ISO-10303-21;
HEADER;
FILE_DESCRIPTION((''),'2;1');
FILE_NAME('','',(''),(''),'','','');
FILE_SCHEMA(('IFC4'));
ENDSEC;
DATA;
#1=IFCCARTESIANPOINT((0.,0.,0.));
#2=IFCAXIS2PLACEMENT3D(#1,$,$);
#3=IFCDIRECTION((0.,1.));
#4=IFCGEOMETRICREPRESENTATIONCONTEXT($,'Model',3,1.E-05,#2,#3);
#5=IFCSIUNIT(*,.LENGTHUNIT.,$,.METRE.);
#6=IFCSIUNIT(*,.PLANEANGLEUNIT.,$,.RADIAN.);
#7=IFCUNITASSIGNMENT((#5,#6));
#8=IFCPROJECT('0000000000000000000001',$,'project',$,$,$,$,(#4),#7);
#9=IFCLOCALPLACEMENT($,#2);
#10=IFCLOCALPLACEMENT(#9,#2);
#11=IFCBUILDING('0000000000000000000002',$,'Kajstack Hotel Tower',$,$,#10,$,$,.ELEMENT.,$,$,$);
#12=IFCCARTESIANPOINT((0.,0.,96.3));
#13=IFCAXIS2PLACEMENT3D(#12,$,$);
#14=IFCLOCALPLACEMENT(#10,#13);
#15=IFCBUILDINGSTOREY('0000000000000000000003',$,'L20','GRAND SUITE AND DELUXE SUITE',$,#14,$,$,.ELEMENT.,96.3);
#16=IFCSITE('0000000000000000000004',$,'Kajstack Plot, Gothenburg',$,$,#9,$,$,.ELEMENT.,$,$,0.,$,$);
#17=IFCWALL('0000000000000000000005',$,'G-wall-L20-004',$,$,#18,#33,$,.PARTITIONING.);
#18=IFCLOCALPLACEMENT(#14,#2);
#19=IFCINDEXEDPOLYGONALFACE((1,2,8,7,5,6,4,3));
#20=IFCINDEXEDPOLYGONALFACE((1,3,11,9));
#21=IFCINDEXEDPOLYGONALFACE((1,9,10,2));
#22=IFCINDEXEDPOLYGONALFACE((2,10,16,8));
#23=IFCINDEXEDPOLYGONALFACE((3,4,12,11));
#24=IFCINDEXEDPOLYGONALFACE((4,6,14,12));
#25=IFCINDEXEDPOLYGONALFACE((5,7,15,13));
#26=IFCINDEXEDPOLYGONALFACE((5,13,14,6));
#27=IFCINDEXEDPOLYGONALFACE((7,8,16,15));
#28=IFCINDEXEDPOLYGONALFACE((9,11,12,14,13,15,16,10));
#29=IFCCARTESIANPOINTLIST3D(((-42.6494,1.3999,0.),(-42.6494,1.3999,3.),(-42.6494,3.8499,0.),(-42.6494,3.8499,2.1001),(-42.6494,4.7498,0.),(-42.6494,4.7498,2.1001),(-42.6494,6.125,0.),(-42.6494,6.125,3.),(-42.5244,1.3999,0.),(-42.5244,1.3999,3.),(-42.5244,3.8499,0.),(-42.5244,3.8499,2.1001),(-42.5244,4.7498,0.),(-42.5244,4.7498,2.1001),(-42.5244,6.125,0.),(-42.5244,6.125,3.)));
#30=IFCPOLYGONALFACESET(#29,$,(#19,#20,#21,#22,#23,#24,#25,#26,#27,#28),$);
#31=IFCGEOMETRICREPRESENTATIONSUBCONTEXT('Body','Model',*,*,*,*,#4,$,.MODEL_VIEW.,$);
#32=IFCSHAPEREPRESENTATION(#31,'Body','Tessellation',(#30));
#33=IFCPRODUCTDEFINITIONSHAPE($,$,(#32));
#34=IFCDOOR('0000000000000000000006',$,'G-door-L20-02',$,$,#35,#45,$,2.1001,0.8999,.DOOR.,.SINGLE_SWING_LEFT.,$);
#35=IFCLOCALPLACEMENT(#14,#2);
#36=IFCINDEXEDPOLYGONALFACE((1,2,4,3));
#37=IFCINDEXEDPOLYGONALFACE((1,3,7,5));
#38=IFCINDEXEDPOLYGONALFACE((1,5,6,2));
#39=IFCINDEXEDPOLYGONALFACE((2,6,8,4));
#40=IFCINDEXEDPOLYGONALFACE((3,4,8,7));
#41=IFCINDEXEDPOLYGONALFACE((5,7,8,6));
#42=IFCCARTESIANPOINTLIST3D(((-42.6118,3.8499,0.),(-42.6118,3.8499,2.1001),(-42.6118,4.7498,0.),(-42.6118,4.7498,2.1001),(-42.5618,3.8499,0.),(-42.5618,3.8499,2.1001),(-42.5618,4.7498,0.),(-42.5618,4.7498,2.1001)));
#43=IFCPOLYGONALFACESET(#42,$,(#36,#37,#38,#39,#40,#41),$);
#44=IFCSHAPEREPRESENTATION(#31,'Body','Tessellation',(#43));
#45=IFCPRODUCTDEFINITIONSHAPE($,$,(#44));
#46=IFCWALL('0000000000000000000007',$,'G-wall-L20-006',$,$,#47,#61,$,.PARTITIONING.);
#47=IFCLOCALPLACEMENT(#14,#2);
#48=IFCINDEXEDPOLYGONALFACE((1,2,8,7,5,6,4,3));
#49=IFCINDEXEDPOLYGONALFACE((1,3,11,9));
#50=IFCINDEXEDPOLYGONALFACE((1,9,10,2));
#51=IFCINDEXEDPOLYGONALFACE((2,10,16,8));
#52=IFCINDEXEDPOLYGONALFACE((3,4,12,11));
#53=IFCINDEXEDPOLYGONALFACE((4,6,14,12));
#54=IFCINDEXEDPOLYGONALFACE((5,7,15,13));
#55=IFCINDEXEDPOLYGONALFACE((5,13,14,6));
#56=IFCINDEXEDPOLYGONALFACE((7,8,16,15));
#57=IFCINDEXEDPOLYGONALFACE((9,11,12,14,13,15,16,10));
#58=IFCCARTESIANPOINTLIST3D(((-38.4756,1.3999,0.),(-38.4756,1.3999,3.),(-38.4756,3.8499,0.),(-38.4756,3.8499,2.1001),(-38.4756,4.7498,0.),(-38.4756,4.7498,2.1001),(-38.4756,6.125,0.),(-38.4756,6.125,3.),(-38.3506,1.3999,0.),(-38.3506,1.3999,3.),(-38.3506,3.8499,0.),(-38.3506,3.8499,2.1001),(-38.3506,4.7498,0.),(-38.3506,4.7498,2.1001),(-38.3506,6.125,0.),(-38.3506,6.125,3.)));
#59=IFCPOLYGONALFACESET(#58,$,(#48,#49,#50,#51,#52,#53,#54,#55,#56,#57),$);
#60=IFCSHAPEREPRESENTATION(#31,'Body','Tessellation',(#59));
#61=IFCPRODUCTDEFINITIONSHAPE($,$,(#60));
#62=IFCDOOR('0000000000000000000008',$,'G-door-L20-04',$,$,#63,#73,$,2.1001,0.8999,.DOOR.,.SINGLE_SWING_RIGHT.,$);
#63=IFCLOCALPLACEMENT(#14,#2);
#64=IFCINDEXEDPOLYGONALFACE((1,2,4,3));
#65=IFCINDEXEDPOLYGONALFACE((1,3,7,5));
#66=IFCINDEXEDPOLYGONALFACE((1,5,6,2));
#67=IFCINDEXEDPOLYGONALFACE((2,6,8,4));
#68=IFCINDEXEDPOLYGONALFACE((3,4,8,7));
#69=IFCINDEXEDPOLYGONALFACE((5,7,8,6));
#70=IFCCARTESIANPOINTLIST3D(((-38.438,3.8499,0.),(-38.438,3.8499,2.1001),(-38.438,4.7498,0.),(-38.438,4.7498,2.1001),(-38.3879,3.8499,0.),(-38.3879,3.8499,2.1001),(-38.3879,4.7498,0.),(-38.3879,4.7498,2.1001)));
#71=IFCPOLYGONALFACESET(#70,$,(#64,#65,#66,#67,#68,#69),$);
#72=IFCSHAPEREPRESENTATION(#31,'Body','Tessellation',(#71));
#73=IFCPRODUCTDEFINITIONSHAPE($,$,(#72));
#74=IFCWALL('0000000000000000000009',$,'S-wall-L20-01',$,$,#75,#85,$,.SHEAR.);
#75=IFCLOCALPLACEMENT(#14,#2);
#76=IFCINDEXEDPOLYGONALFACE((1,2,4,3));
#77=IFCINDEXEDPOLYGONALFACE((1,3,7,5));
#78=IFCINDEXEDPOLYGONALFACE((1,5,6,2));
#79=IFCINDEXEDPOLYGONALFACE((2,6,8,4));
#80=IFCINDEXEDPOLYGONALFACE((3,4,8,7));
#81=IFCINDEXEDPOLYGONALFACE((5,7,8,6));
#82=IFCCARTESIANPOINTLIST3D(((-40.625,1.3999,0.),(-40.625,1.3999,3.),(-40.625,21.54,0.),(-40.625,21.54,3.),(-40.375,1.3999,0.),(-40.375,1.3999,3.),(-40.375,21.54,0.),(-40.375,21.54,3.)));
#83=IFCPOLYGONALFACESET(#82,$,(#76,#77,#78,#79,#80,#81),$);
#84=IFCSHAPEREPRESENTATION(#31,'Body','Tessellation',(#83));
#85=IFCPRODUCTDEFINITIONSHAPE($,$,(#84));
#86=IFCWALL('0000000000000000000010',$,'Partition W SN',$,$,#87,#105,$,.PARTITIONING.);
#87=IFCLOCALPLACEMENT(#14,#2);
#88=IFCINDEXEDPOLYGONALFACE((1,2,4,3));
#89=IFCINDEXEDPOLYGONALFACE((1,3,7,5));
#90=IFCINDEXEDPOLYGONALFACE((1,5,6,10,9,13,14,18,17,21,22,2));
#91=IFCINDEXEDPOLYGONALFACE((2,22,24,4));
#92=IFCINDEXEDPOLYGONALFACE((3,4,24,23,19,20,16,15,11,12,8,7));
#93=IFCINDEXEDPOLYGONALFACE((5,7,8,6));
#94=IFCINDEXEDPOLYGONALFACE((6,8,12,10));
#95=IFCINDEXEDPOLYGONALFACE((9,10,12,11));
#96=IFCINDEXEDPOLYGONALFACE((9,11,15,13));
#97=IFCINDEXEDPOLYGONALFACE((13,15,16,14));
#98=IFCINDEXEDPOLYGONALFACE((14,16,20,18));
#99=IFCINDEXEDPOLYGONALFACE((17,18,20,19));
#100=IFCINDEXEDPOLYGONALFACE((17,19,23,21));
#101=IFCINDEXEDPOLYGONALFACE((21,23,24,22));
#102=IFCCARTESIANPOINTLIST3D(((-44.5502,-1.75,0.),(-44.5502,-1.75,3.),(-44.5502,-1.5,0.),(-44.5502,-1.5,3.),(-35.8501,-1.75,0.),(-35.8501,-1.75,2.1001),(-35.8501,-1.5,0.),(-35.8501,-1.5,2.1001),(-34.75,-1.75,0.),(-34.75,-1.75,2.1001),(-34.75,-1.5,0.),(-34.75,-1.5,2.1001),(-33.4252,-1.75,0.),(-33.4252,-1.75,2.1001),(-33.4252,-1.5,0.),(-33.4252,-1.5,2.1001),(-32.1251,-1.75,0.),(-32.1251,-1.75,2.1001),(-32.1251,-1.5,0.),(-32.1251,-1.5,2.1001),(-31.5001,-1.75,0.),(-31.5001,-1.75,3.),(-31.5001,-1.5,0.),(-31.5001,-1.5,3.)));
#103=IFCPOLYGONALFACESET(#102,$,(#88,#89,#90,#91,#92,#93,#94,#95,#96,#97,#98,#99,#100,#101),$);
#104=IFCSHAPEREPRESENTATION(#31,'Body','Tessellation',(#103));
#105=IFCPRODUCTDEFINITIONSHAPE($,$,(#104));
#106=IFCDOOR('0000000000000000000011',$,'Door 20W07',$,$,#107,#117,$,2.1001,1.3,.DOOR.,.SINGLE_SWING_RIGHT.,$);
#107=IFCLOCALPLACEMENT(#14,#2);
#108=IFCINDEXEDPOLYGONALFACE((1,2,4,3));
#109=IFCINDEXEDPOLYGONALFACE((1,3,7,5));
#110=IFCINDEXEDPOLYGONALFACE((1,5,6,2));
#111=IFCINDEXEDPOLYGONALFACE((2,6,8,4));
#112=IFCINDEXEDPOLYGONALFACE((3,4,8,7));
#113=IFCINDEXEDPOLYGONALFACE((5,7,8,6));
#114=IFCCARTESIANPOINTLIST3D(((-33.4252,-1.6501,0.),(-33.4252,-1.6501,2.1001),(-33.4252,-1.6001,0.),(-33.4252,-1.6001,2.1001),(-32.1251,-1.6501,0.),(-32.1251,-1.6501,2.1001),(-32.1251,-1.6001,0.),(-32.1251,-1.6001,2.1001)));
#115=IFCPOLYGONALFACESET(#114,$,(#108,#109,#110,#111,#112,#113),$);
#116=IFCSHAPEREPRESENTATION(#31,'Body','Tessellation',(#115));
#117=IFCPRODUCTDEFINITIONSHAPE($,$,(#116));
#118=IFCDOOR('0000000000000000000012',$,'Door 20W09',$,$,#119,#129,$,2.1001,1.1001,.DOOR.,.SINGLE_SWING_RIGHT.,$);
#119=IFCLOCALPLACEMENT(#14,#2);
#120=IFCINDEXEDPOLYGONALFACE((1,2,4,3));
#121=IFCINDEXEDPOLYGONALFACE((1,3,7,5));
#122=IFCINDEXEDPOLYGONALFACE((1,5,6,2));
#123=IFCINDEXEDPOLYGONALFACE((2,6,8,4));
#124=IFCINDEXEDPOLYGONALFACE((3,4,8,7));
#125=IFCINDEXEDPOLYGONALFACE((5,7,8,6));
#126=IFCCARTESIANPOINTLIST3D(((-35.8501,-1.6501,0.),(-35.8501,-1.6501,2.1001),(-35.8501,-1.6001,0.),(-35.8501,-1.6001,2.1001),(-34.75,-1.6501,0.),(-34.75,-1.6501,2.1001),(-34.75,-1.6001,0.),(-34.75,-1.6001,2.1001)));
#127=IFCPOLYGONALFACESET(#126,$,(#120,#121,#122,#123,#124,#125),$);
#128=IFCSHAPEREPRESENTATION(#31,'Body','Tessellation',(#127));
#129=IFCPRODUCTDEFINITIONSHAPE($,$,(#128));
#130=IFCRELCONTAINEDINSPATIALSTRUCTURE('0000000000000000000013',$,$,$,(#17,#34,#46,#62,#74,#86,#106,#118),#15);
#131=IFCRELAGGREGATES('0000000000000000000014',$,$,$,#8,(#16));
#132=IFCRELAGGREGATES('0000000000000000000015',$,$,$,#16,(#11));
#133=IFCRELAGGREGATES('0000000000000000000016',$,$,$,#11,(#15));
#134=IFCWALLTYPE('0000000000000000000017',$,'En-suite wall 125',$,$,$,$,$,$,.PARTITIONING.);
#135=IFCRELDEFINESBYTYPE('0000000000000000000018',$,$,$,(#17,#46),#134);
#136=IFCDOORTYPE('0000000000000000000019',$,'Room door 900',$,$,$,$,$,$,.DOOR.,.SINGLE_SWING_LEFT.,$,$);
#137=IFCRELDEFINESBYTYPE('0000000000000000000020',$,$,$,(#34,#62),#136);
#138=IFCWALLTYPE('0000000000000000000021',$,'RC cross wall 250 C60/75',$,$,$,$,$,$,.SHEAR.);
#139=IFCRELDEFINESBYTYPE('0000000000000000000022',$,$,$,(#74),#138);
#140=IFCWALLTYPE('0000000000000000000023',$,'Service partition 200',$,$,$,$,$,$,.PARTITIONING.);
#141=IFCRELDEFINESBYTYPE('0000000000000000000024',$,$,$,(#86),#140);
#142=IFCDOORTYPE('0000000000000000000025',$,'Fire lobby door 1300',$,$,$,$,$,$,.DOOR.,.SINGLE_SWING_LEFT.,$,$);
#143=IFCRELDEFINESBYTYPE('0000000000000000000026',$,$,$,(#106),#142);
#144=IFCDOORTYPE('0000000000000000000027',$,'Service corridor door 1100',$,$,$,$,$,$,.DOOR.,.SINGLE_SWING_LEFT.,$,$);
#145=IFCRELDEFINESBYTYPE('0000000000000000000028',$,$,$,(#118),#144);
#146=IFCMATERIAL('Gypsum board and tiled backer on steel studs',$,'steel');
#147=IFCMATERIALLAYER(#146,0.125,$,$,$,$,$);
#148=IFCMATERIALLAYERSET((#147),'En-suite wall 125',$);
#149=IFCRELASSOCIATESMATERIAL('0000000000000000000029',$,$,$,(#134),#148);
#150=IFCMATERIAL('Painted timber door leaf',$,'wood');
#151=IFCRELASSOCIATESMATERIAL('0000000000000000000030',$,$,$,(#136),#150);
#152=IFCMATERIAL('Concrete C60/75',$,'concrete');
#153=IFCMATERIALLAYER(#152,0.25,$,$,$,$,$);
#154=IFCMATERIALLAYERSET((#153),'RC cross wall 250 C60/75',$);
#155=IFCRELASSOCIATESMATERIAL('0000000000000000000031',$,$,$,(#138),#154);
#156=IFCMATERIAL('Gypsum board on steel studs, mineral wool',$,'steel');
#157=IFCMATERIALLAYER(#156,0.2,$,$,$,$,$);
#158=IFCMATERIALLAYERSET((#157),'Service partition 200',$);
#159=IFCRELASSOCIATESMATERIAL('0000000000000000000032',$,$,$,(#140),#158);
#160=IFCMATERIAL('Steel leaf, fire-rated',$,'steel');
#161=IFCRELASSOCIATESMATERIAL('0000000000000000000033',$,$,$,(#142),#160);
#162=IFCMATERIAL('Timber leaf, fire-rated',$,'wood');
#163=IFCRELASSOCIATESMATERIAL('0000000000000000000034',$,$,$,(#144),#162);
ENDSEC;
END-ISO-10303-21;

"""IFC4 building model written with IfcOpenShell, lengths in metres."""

from ifc_helpers import new_model, si_unit, direction, frame, frame_2d, origin, place, context, subcontext, project, spatial, rectangle, extrude, material, layer, layer_set, type_object, element, fill, save


model = new_model("IFC4")

# Units and contexts
model_context = context("Model", 3, precision=1e-05, world=origin(), true_north=direction((0.0, 1.0)))
body_context = subcontext(model_context, "Body", "Model", "MODEL_VIEW")
ifc_project = project(units=[si_unit("LENGTHUNIT", "METRE"), si_unit("PLANEANGLEUNIT", "RADIAN")], contexts=[model_context])

# Site, building, storey
site_placement = place(None, origin())
site = spatial("IfcSite", under=ifc_project, at=site_placement, Name="Kajstack Plot, Gothenburg", CompositionType="ELEMENT", RefElevation=0.0)
building_placement = place(site_placement, origin())
building = spatial("IfcBuilding", under=site, at=building_placement, Name="Kajstack Hotel Tower", CompositionType="ELEMENT")
storey_placement = place(building_placement, frame((0.0, 0.0, 96.3)))
storey = spatial("IfcBuildingStorey", under=building, at=storey_placement, Name="L20", Description="GRAND SUITE AND DELUXE SUITE", CompositionType="ELEMENT", Elevation=96.3)

# Shared definitions
ifc_material_1 = material(Name="Gypsum board on steel studs, mineral wool", Category="steel")

# Walls, openings, doors
ifc_material_2 = material(Name="Gypsum board and tiled backer on steel studs", Category="steel")
ifc_layer_1 = layer(ifc_material_2, 0.125)
ifc_layer_set_1 = layer_set([ifc_layer_1], Name="En-suite wall 125")
wall_type_1 = type_object("IfcWallType", Name="En-suite wall 125", PredefinedType="PARTITIONING", material=ifc_layer_set_1)
wall_1_placement = place(storey_placement, frame((-42.5869, 1.3999, 0.0), z_axis=(0.0, 0.0, 1.0), x_axis=(0.0, 1.0, 0.0)))
wall_1 = element("IfcWall", 1, at=wall_1_placement, inside=storey, type_object=wall_type_1, Name="G-wall-L20-004", PredefinedType="PARTITIONING", context=body_context, shape_type="SweptSolid", body=[
    extrude(rectangle(XDim=4.7251, YDim=0.125, at=frame_2d((2.3625, 0.0))), origin(), (0.0, 0.0, 1.0), 3.0),
])
opening_1_placement = place(wall_1_placement, frame((2.45, 0.0, 0.0)))
opening_1 = element("IfcOpeningElement", 2, at=opening_1_placement, cuts=wall_1, PredefinedType="OPENING", context=body_context, shape_type="SweptSolid", body=[
    extrude(rectangle(XDim=0.8999, YDim=2.1001, at=frame_2d((0.45, 1.05))), frame((0.0, 0.0725, 0.0), z_axis=(0.0, -1.0, 0.0), x_axis=(1.0, 0.0, 0.0)), (0.0, 0.0, 1.0), 0.145),
])
ifc_material_3 = material(Name="Painted timber door leaf", Category="wood")
door_type_1 = type_object("IfcDoorType", Name="Room door 900", OperationType="SINGLE_SWING_LEFT", PredefinedType="DOOR", material=ifc_material_3)
door_1_placement = place(opening_1_placement, origin())
door_1 = element("IfcDoor", 3, at=door_1_placement, inside=storey, type_object=door_type_1, Name="G-door-L20-02", OperationType="SINGLE_SWING_LEFT", OverallHeight=2.1001, OverallWidth=0.8999, PredefinedType="DOOR", context=body_context, shape_type="SweptSolid", body=[
    extrude(rectangle(XDim=0.8999, YDim=2.1001, at=frame_2d((0.45, 1.05))), frame((0.0, 0.0249, 0.0), z_axis=(0.0, -1.0, 0.0), x_axis=(1.0, 0.0, 0.0)), (0.0, 0.0, 1.0), 0.05),
])
fill(opening_1, door_1)
wall_2_placement = place(storey_placement, frame((-38.4131, 1.3999, 0.0), z_axis=(0.0, 0.0, 1.0), x_axis=(0.0, 1.0, 0.0)))
wall_2 = element("IfcWall", 4, at=wall_2_placement, inside=storey, type_object=wall_type_1, Name="G-wall-L20-006", PredefinedType="PARTITIONING", context=body_context, shape_type="SweptSolid", body=[
    extrude(rectangle(XDim=4.7251, YDim=0.125, at=frame_2d((2.3625, 0.0))), origin(), (0.0, 0.0, 1.0), 3.0),
])
opening_2_placement = place(wall_2_placement, frame((2.45, 0.0, 0.0)))
opening_2 = element("IfcOpeningElement", 5, at=opening_2_placement, cuts=wall_2, PredefinedType="OPENING", context=body_context, shape_type="SweptSolid", body=[
    extrude(rectangle(XDim=0.8999, YDim=2.1001, at=frame_2d((0.45, 1.05))), frame((0.0, 0.0725, 0.0), z_axis=(0.0, -1.0, 0.0), x_axis=(1.0, 0.0, 0.0)), (0.0, 0.0, 1.0), 0.145),
])
door_2_placement = place(opening_2_placement, origin())
door_2 = element("IfcDoor", 6, at=door_2_placement, inside=storey, type_object=door_type_1, Name="G-door-L20-04", OperationType="SINGLE_SWING_RIGHT", OverallHeight=2.1001, OverallWidth=0.8999, PredefinedType="DOOR", context=body_context, shape_type="SweptSolid", body=[
    extrude(rectangle(XDim=0.8999, YDim=2.1001, at=frame_2d((0.45, 1.05))), frame((0.0, 0.0249, 0.0), z_axis=(0.0, -1.0, 0.0), x_axis=(1.0, 0.0, 0.0)), (0.0, 0.0, 1.0), 0.05),
])
fill(opening_2, door_2)

# Wall
ifc_material_4 = material(Name="Concrete C60/75", Category="concrete")
ifc_layer_2 = layer(ifc_material_4, 0.25)
ifc_layer_set_2 = layer_set([ifc_layer_2], Name="RC cross wall 250 C60/75")
wall_type_2 = type_object("IfcWallType", Name="RC cross wall 250 C60/75", PredefinedType="SHEAR", material=ifc_layer_set_2)
wall_3_placement = place(storey_placement, frame((-40.5, 1.3999, 0.0), z_axis=(0.0, 0.0, 1.0), x_axis=(0.0, 1.0, 0.0)))
element("IfcWall", 7, at=wall_3_placement, inside=storey, type_object=wall_type_2, Name="S-wall-L20-01", PredefinedType="SHEAR", context=body_context, shape_type="SweptSolid", body=[
    extrude(rectangle(XDim=20.1401, YDim=0.25, at=frame_2d((10.0701, 0.0))), origin(), (0.0, 0.0, 1.0), 3.0),
])

# Wall, openings, doors
ifc_layer_3 = layer(ifc_material_1, 0.2)
ifc_layer_set_3 = layer_set([ifc_layer_3], Name="Service partition 200")
wall_type_3 = type_object("IfcWallType", Name="Service partition 200", PredefinedType="PARTITIONING", material=ifc_layer_set_3)
wall_4_placement = place(storey_placement, frame((-44.55, -1.625, 0.0), z_axis=(0.0, 0.0, 1.0), x_axis=(1.0, 0.0, 0.0)))
wall_4 = element("IfcWall", 8, at=wall_4_placement, inside=storey, type_object=wall_type_3, Name="Partition W SN", PredefinedType="PARTITIONING", context=body_context, shape_type="SweptSolid", body=[
    extrude(rectangle(XDim=13.05, YDim=0.25, at=frame_2d((6.5249, 0.0))), origin(), (0.0, 0.0, 1.0), 3.0),
])
opening_3_placement = place(wall_4_placement, frame((11.125, 0.0, 0.0)))
opening_3 = element("IfcOpeningElement", 9, at=opening_3_placement, cuts=wall_4, PredefinedType="OPENING", context=body_context, shape_type="SweptSolid", body=[
    extrude(rectangle(XDim=1.3, YDim=2.1001, at=frame_2d((0.6499, 1.05))), frame((0.0, 0.135, 0.0), z_axis=(0.0, -1.0, 0.0), x_axis=(1.0, 0.0, 0.0)), (0.0, 0.0, 1.0), 0.27),
])
opening_4_placement = place(wall_4_placement, frame((8.7, 0.0, 0.0)))
opening_4 = element("IfcOpeningElement", 10, at=opening_4_placement, cuts=wall_4, PredefinedType="OPENING", context=body_context, shape_type="SweptSolid", body=[
    extrude(rectangle(XDim=1.1001, YDim=2.1001, at=frame_2d((0.55, 1.05))), frame((0.0, 0.135, 0.0), z_axis=(0.0, -1.0, 0.0), x_axis=(1.0, 0.0, 0.0)), (0.0, 0.0, 1.0), 0.27),
])
ifc_material_5 = material(Name="Steel leaf, fire-rated", Category="steel")
door_type_2 = type_object("IfcDoorType", Name="Fire lobby door 1300", OperationType="SINGLE_SWING_LEFT", PredefinedType="DOOR", material=ifc_material_5)
door_3_placement = place(opening_3_placement, origin())
door_3 = element("IfcDoor", 11, at=door_3_placement, inside=storey, type_object=door_type_2, Name="Door 20W07", OperationType="SINGLE_SWING_RIGHT", OverallHeight=2.1001, OverallWidth=1.3, PredefinedType="DOOR", context=body_context, shape_type="SweptSolid", body=[
    extrude(rectangle(XDim=1.3, YDim=2.1001, at=frame_2d((0.6499, 1.05))), frame((0.0, 0.0249, 0.0), z_axis=(0.0, -1.0, 0.0), x_axis=(1.0, 0.0, 0.0)), (0.0, 0.0, 1.0), 0.05),
])
fill(opening_3, door_3)
ifc_material_6 = material(Name="Timber leaf, fire-rated", Category="wood")
door_type_3 = type_object("IfcDoorType", Name="Service corridor door 1100", OperationType="SINGLE_SWING_LEFT", PredefinedType="DOOR", material=ifc_material_6)
door_4_placement = place(opening_4_placement, origin())
door_4 = element("IfcDoor", 12, at=door_4_placement, inside=storey, type_object=door_type_3, Name="Door 20W09", OperationType="SINGLE_SWING_RIGHT", OverallHeight=2.1001, OverallWidth=1.1001, PredefinedType="DOOR", context=body_context, shape_type="SweptSolid", body=[
    extrude(rectangle(XDim=1.1001, YDim=2.1001, at=frame_2d((0.55, 1.05))), frame((0.0, 0.0249, 0.0), z_axis=(0.0, -1.0, 0.0), x_axis=(1.0, 0.0, 0.0)), (0.0, 0.0, 1.0), 0.05),
])
fill(opening_4, door_4)

save(model, "model.ifc")
